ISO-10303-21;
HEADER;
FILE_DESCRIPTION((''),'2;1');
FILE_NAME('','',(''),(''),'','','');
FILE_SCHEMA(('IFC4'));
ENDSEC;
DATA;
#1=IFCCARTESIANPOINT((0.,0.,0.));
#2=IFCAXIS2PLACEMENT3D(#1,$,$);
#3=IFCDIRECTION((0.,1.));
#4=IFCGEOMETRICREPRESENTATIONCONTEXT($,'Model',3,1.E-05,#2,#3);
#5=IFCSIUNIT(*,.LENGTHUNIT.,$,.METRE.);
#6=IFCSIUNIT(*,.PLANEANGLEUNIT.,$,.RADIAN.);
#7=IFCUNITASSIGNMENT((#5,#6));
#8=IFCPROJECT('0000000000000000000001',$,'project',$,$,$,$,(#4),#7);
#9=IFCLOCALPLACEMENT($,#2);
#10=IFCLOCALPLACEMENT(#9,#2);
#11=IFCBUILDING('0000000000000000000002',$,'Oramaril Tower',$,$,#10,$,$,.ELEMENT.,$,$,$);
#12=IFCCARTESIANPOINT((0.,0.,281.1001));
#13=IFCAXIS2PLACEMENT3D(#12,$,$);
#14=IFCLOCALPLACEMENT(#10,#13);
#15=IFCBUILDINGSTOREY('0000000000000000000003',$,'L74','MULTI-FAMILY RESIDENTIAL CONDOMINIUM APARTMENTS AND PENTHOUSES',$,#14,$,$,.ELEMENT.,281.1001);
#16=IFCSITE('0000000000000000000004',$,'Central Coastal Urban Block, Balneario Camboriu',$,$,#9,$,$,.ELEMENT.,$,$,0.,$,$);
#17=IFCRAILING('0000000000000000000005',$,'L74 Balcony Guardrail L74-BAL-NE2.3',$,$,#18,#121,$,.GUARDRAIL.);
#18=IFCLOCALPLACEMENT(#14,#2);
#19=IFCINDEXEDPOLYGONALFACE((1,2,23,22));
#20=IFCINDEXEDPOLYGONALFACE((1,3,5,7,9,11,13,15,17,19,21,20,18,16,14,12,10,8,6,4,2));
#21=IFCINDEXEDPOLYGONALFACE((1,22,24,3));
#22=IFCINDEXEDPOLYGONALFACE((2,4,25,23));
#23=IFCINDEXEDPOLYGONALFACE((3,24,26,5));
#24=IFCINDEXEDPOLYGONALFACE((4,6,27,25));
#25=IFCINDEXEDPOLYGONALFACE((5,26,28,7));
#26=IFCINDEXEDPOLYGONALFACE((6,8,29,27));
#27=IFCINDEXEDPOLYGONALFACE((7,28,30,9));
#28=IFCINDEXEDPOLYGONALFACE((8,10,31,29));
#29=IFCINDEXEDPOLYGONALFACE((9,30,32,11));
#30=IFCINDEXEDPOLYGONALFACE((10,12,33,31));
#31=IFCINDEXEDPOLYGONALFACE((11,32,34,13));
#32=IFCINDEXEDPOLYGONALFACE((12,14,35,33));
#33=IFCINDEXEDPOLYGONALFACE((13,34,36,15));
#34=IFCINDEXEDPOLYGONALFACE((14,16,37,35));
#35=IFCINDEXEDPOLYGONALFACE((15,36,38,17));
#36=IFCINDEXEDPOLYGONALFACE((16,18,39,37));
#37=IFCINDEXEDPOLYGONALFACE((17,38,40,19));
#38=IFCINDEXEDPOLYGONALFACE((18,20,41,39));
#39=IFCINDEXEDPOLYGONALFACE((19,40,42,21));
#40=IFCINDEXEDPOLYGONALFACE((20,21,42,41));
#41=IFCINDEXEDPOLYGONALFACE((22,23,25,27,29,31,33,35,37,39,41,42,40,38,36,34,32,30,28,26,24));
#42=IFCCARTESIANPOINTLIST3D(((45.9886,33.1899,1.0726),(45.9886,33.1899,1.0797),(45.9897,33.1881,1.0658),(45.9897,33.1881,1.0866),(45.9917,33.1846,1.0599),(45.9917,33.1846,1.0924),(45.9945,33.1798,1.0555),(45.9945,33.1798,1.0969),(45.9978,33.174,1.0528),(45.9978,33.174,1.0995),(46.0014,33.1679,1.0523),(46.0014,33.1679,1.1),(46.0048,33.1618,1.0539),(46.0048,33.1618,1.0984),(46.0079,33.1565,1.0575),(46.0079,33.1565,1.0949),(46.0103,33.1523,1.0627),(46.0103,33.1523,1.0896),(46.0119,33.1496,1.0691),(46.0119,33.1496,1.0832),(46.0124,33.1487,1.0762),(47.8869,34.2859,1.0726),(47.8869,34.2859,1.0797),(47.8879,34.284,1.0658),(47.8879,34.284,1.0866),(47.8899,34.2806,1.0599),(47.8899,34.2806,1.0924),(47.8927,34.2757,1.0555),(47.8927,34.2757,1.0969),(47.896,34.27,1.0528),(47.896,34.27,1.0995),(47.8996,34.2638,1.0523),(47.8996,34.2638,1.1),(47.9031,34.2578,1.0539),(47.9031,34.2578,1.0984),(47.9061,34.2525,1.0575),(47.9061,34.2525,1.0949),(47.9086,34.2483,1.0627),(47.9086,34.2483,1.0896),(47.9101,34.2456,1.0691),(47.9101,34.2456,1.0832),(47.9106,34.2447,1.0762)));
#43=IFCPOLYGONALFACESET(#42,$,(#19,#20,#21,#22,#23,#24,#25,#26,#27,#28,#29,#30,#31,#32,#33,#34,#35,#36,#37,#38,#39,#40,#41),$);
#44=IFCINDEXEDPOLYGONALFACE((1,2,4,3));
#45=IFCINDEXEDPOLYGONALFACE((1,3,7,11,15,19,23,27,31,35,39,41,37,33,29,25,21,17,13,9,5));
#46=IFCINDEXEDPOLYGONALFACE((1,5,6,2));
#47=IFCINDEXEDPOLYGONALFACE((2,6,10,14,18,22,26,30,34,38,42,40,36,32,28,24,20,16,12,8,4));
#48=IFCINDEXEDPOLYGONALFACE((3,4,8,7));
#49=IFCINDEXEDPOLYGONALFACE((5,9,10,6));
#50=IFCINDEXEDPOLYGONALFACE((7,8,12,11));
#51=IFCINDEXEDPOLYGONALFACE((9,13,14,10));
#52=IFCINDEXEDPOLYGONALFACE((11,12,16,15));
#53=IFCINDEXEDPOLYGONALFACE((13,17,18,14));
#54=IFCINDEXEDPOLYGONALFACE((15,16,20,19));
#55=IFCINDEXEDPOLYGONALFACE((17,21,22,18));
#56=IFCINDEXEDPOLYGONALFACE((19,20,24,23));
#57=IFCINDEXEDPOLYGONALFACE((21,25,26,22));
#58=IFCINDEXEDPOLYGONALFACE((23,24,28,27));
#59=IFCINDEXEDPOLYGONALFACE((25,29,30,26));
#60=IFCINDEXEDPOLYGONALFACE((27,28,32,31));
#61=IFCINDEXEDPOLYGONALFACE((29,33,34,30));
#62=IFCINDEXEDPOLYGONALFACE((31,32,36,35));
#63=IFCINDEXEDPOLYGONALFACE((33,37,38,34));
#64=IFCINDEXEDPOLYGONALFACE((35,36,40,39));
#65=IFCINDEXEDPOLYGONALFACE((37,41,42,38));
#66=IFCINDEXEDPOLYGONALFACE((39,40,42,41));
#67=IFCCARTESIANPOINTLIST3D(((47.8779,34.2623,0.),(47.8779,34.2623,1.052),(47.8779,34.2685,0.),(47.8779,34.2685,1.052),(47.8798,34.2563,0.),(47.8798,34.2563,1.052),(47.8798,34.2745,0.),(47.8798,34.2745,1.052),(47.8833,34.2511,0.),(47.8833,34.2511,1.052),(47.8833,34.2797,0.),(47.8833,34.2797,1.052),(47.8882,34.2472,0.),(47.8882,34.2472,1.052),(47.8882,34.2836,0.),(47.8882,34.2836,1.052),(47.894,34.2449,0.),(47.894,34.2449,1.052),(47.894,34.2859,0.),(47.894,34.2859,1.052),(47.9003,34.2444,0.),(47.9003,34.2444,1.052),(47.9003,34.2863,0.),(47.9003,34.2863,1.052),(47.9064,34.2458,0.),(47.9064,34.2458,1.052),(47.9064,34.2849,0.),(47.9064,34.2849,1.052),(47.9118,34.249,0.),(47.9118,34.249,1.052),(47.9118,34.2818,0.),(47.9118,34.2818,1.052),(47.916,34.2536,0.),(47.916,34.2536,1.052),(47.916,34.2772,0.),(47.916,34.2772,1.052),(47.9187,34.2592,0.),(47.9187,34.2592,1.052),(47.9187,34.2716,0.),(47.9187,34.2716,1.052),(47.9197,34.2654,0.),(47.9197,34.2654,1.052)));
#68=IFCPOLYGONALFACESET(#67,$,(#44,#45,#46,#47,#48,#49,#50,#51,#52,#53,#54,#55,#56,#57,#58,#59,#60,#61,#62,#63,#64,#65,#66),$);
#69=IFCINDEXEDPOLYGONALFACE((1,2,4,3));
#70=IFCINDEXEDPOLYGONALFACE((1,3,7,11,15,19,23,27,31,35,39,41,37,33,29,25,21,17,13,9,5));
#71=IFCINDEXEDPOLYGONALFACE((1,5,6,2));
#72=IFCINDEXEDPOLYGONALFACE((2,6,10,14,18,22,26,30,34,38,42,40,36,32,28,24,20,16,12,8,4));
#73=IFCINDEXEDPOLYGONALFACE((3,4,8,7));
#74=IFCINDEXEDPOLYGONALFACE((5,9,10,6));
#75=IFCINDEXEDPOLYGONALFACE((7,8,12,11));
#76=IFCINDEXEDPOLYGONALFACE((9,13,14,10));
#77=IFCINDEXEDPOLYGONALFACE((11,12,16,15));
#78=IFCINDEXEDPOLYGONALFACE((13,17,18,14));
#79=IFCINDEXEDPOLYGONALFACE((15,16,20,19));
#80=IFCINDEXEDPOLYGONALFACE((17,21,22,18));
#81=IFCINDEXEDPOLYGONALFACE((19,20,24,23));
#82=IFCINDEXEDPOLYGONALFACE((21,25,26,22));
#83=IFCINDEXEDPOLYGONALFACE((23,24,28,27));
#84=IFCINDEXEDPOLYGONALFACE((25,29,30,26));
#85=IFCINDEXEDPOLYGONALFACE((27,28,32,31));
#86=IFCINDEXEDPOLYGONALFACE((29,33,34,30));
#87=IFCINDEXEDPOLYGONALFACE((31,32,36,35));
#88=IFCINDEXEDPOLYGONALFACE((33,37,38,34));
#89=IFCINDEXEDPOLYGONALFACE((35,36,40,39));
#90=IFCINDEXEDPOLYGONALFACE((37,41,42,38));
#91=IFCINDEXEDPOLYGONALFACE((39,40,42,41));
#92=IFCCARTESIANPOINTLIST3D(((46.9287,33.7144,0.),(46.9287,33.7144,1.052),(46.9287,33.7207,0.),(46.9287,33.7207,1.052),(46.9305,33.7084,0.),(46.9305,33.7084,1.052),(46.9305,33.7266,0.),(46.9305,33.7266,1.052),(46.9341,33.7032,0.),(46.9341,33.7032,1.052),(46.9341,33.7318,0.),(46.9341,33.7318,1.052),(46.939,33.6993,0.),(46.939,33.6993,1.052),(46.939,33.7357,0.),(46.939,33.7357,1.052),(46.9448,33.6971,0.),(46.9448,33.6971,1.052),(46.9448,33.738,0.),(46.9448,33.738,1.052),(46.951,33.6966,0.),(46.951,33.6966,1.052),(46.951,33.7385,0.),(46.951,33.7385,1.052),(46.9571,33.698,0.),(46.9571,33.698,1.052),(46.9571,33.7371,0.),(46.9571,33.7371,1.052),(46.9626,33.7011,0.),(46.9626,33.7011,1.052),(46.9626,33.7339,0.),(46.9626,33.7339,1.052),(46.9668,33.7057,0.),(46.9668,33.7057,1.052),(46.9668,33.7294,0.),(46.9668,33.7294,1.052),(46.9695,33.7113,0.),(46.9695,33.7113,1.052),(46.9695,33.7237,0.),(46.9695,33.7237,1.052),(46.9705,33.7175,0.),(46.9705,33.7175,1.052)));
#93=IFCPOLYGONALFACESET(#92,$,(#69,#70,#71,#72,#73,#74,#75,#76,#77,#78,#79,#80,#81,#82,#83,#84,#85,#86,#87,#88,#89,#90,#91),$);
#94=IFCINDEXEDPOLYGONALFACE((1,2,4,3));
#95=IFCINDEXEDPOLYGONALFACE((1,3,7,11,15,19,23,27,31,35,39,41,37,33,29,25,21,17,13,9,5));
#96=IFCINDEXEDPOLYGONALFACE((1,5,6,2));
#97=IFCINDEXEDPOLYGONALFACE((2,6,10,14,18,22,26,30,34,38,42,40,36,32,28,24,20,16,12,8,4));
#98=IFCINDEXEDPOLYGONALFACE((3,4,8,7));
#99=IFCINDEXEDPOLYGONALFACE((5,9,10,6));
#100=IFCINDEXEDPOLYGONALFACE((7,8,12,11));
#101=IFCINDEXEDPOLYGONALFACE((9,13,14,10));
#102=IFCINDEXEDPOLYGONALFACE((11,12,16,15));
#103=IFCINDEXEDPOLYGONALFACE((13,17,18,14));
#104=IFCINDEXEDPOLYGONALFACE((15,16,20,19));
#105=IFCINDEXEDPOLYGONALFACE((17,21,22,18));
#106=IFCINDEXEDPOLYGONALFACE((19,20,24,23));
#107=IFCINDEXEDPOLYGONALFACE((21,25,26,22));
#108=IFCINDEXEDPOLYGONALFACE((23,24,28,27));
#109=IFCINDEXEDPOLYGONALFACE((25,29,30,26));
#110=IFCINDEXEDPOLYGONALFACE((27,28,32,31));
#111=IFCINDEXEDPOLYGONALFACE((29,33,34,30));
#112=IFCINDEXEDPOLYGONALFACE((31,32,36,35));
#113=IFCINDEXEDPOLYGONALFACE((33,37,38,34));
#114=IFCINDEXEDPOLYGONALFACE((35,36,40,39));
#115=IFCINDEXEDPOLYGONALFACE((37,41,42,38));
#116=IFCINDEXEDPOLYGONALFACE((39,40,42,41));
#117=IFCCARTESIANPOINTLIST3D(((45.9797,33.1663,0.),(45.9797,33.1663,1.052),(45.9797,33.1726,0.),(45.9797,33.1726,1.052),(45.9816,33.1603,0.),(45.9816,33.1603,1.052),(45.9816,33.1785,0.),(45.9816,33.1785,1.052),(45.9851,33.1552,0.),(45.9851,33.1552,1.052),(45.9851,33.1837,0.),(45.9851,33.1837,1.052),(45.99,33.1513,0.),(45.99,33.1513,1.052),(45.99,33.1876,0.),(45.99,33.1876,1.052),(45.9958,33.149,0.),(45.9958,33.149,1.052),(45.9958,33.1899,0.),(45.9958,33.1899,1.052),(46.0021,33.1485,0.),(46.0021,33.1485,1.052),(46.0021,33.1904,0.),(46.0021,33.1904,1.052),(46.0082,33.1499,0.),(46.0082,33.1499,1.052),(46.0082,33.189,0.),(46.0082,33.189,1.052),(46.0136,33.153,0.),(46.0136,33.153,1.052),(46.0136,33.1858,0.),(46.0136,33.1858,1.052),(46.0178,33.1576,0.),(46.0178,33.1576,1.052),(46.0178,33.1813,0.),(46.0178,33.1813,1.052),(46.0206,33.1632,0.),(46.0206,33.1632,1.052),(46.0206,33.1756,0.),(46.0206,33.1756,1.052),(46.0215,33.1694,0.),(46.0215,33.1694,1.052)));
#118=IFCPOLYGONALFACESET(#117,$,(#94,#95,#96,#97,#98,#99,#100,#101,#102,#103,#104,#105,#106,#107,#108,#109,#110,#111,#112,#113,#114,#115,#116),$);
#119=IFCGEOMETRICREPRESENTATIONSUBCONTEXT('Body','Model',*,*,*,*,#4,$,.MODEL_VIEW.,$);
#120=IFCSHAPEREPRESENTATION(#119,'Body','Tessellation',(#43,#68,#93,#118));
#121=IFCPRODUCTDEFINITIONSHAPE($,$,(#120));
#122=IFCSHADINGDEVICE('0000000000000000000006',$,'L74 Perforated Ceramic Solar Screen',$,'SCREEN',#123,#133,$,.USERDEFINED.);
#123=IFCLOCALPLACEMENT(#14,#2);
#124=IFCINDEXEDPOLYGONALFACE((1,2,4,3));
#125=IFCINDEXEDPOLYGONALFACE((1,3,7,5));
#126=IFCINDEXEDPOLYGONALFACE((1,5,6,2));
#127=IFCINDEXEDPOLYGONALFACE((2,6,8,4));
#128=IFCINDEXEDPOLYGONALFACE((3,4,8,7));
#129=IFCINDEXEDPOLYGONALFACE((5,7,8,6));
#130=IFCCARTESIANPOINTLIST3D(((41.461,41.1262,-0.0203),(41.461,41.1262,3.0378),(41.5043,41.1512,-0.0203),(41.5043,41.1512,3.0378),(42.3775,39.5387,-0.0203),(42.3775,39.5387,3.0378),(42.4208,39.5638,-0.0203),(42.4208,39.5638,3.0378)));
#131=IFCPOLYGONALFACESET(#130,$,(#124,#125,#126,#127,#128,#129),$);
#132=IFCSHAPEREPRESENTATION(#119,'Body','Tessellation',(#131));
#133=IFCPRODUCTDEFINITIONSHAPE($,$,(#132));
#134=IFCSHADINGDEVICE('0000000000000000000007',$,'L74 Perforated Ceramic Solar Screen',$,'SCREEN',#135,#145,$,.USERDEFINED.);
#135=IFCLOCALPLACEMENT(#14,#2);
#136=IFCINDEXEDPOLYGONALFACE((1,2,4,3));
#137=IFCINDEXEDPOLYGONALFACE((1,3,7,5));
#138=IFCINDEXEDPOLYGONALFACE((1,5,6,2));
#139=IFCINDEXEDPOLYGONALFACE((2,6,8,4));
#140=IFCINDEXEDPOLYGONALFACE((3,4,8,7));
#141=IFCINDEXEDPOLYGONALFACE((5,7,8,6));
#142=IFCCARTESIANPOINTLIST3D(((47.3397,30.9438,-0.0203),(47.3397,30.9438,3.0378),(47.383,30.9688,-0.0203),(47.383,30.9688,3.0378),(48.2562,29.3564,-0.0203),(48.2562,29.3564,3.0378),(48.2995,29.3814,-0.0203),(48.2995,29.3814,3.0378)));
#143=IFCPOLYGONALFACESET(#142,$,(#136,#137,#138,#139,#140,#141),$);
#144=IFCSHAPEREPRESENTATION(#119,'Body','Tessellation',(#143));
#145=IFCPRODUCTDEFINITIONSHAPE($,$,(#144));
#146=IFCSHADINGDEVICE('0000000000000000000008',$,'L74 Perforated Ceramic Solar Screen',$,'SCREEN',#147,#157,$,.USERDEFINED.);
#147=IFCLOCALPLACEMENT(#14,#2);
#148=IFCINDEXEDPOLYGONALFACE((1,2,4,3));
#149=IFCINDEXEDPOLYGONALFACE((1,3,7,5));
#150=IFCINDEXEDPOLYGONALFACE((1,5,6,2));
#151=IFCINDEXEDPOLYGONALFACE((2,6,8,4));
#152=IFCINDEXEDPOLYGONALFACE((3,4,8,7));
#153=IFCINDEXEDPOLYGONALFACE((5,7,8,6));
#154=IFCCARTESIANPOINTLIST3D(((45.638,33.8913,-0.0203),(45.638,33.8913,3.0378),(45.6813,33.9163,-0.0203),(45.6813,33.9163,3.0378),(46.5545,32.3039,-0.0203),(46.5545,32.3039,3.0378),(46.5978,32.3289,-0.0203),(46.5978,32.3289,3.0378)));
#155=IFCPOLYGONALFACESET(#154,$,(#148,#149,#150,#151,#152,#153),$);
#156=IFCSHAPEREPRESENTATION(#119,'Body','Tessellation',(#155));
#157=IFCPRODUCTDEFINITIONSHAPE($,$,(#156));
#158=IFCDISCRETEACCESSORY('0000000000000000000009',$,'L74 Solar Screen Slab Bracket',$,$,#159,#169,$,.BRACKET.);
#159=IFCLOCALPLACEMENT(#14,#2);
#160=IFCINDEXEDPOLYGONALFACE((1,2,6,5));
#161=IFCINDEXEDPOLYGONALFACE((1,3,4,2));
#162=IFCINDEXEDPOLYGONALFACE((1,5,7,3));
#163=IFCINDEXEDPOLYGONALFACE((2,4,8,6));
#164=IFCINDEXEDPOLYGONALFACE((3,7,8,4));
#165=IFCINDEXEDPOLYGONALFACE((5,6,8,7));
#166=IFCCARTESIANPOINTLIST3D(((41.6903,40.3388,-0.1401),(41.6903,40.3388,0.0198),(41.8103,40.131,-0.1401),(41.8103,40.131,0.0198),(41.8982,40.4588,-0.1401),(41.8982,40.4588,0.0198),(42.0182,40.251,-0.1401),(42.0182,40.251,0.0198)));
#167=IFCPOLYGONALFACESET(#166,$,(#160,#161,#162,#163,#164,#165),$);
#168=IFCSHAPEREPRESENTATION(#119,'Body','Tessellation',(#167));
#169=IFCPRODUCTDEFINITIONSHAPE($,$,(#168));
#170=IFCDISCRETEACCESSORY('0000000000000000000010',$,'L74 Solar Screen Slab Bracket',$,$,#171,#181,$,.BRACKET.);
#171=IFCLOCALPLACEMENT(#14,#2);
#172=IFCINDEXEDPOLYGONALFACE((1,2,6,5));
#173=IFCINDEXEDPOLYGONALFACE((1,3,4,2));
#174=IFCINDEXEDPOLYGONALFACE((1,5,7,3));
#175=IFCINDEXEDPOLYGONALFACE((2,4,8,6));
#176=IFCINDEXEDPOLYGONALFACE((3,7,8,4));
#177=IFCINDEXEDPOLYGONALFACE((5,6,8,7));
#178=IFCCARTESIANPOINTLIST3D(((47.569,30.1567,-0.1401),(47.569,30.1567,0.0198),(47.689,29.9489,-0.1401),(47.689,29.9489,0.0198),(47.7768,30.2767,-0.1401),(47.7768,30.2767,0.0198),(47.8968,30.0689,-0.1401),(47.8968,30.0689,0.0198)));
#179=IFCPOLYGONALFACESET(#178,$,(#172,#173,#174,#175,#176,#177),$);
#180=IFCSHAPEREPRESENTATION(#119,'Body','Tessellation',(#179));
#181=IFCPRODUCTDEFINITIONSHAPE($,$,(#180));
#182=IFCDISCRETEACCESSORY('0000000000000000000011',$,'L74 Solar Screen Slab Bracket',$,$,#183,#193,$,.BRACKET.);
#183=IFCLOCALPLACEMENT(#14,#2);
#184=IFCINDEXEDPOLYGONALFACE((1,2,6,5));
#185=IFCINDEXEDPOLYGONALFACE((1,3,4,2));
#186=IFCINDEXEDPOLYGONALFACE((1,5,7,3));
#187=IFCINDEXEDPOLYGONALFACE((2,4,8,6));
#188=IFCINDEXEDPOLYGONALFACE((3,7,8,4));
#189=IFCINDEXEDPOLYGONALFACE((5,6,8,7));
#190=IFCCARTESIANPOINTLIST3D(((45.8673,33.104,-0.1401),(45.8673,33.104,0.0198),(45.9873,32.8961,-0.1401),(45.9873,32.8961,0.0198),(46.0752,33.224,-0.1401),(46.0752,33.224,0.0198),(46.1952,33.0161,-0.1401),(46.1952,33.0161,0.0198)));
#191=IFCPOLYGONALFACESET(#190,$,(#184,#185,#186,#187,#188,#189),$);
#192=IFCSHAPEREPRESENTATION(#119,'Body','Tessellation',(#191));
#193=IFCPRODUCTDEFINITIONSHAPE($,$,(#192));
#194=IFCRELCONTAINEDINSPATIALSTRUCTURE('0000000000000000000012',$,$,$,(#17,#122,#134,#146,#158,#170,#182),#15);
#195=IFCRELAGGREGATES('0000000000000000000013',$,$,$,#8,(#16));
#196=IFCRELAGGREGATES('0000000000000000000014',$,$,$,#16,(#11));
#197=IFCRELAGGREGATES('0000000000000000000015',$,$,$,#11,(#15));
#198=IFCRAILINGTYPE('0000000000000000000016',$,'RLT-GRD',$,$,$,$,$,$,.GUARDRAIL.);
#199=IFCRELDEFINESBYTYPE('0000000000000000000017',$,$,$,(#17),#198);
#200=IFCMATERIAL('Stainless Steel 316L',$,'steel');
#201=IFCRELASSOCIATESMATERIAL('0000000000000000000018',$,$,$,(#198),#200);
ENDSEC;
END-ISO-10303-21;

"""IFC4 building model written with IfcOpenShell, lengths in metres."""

from ifc_helpers import new_model, si_unit, direction, frame, origin, origin_2d, place, context, subcontext, project, spatial, rectangle, circle, extrude, material, type_object, element, save


model = new_model("IFC4")

# Units and contexts
model_context = context("Model", 3, precision=1e-05, world=origin(), true_north=direction((0.0, 1.0)))
body_context = subcontext(model_context, "Body", "Model", "MODEL_VIEW")
ifc_project = project(units=[si_unit("LENGTHUNIT", "METRE"), si_unit("PLANEANGLEUNIT", "RADIAN")], contexts=[model_context])

# Site, building, storey
site_placement = place(None, origin())
site = spatial("IfcSite", under=ifc_project, at=site_placement, Name="Central Coastal Urban Block, Balneario Camboriu", CompositionType="ELEMENT", RefElevation=0.0)
building_placement = place(site_placement, origin())
building = spatial("IfcBuilding", under=site, at=building_placement, Name="Oramaril Tower", CompositionType="ELEMENT")
storey_placement = place(building_placement, frame((0.0, 0.0, 281.1001)))
storey = spatial("IfcBuildingStorey", under=building, at=storey_placement, Name="L74", Description="MULTI-FAMILY RESIDENTIAL CONDOMINIUM APARTMENTS AND PENTHOUSES", CompositionType="ELEMENT", Elevation=281.1001)

# Railing
ifc_material_1 = material(Name="Stainless Steel 316L", Category="steel")
railing_type = type_object("IfcRailingType", Name="RLT-GRD", PredefinedType="GUARDRAIL", material=ifc_material_1)
railing_1_placement = place(storey_placement, frame((47.8987, 34.2654, 0.0)))
element("IfcRailing", 1, at=railing_1_placement, inside=storey, type_object=railing_type, Name="L74 Balcony Guardrail L74-BAL-NE2.3", PredefinedType="GUARDRAIL", context=body_context, shape_type="SweptSolid", body=[
    extrude(circle(Radius=0.0239, at=origin_2d()), frame((0.0, 0.0, 1.0762), z_axis=(-0.866021, -0.500008, 0.0), x_axis=(0.500008, -0.866021, 0.0)), (0.0, 0.0, 1.0), 2.1919),
    extrude(circle(Radius=0.021, at=origin_2d()), origin(), (0.0, 0.0, 1.0), 1.052),
    extrude(circle(Radius=0.021, at=origin_2d()), frame((-0.9492, -0.5479, 0.0)), (0.0, 0.0, 1.0), 1.052),
    extrude(circle(Radius=0.021, at=origin_2d()), frame((-1.8982, -1.0959, 0.0)), (0.0, 0.0, 1.0), 1.052),
])

# Shading devices
for number, where, z_axis, x_axis, name in (
    (2, (41.9409, 40.345, -0.0203), (0.0, 0.0, 1.0), (-0.5, 0.866025, 0.0), "L74 Perforated Ceramic Solar Screen"),
    (3, (47.8196, 30.1626, -0.0203), (0.0, 0.0, 1.0), (-0.5, 0.866025, 0.0), "L74 Perforated Ceramic Solar Screen"),
    (4, (46.1179, 33.1101, -0.0203), (0.0, 0.0, 1.0), (-0.5, 0.866025, 0.0), "L74 Perforated Ceramic Solar Screen"),
):
    element("IfcShadingDevice", number, at=place(storey_placement, frame(where, z_axis=z_axis, x_axis=x_axis)), inside=storey, Name=name, ObjectType="SCREEN", PredefinedType="USERDEFINED", context=body_context, shape_type="SweptSolid", body=[
        extrude(rectangle(XDim=1.833, YDim=0.05, at=origin_2d()), origin(), (0.0, 0.0, 1.0), 3.0581),
    ])

# Discrete accessories
for number, where, z_axis, x_axis, name in (
    (5, (41.8542, 40.2949, -0.1401), (0.0, 0.0, 1.0), (-0.5, 0.866025, 0.0), "L74 Solar Screen Slab Bracket"),
    (6, (47.7329, 30.1128, -0.1401), (0.0, 0.0, 1.0), (-0.5, 0.866025, 0.0), "L74 Solar Screen Slab Bracket"),
    (7, (46.0312, 33.0601, -0.1401), (0.0, 0.0, 1.0), (-0.5, 0.866025, 0.0), "L74 Solar Screen Slab Bracket"),
):
    element("IfcDiscreteAccessory", number, at=place(storey_placement, frame(where, z_axis=z_axis, x_axis=x_axis)), inside=storey, Name=name, PredefinedType="BRACKET", context=body_context, shape_type="SweptSolid", body=[
        extrude(rectangle(XDim=0.24, YDim=0.24, at=origin_2d()), origin(), (0.0, 0.0, 1.0), 0.1599),
    ])

save(model, "model.ifc")
